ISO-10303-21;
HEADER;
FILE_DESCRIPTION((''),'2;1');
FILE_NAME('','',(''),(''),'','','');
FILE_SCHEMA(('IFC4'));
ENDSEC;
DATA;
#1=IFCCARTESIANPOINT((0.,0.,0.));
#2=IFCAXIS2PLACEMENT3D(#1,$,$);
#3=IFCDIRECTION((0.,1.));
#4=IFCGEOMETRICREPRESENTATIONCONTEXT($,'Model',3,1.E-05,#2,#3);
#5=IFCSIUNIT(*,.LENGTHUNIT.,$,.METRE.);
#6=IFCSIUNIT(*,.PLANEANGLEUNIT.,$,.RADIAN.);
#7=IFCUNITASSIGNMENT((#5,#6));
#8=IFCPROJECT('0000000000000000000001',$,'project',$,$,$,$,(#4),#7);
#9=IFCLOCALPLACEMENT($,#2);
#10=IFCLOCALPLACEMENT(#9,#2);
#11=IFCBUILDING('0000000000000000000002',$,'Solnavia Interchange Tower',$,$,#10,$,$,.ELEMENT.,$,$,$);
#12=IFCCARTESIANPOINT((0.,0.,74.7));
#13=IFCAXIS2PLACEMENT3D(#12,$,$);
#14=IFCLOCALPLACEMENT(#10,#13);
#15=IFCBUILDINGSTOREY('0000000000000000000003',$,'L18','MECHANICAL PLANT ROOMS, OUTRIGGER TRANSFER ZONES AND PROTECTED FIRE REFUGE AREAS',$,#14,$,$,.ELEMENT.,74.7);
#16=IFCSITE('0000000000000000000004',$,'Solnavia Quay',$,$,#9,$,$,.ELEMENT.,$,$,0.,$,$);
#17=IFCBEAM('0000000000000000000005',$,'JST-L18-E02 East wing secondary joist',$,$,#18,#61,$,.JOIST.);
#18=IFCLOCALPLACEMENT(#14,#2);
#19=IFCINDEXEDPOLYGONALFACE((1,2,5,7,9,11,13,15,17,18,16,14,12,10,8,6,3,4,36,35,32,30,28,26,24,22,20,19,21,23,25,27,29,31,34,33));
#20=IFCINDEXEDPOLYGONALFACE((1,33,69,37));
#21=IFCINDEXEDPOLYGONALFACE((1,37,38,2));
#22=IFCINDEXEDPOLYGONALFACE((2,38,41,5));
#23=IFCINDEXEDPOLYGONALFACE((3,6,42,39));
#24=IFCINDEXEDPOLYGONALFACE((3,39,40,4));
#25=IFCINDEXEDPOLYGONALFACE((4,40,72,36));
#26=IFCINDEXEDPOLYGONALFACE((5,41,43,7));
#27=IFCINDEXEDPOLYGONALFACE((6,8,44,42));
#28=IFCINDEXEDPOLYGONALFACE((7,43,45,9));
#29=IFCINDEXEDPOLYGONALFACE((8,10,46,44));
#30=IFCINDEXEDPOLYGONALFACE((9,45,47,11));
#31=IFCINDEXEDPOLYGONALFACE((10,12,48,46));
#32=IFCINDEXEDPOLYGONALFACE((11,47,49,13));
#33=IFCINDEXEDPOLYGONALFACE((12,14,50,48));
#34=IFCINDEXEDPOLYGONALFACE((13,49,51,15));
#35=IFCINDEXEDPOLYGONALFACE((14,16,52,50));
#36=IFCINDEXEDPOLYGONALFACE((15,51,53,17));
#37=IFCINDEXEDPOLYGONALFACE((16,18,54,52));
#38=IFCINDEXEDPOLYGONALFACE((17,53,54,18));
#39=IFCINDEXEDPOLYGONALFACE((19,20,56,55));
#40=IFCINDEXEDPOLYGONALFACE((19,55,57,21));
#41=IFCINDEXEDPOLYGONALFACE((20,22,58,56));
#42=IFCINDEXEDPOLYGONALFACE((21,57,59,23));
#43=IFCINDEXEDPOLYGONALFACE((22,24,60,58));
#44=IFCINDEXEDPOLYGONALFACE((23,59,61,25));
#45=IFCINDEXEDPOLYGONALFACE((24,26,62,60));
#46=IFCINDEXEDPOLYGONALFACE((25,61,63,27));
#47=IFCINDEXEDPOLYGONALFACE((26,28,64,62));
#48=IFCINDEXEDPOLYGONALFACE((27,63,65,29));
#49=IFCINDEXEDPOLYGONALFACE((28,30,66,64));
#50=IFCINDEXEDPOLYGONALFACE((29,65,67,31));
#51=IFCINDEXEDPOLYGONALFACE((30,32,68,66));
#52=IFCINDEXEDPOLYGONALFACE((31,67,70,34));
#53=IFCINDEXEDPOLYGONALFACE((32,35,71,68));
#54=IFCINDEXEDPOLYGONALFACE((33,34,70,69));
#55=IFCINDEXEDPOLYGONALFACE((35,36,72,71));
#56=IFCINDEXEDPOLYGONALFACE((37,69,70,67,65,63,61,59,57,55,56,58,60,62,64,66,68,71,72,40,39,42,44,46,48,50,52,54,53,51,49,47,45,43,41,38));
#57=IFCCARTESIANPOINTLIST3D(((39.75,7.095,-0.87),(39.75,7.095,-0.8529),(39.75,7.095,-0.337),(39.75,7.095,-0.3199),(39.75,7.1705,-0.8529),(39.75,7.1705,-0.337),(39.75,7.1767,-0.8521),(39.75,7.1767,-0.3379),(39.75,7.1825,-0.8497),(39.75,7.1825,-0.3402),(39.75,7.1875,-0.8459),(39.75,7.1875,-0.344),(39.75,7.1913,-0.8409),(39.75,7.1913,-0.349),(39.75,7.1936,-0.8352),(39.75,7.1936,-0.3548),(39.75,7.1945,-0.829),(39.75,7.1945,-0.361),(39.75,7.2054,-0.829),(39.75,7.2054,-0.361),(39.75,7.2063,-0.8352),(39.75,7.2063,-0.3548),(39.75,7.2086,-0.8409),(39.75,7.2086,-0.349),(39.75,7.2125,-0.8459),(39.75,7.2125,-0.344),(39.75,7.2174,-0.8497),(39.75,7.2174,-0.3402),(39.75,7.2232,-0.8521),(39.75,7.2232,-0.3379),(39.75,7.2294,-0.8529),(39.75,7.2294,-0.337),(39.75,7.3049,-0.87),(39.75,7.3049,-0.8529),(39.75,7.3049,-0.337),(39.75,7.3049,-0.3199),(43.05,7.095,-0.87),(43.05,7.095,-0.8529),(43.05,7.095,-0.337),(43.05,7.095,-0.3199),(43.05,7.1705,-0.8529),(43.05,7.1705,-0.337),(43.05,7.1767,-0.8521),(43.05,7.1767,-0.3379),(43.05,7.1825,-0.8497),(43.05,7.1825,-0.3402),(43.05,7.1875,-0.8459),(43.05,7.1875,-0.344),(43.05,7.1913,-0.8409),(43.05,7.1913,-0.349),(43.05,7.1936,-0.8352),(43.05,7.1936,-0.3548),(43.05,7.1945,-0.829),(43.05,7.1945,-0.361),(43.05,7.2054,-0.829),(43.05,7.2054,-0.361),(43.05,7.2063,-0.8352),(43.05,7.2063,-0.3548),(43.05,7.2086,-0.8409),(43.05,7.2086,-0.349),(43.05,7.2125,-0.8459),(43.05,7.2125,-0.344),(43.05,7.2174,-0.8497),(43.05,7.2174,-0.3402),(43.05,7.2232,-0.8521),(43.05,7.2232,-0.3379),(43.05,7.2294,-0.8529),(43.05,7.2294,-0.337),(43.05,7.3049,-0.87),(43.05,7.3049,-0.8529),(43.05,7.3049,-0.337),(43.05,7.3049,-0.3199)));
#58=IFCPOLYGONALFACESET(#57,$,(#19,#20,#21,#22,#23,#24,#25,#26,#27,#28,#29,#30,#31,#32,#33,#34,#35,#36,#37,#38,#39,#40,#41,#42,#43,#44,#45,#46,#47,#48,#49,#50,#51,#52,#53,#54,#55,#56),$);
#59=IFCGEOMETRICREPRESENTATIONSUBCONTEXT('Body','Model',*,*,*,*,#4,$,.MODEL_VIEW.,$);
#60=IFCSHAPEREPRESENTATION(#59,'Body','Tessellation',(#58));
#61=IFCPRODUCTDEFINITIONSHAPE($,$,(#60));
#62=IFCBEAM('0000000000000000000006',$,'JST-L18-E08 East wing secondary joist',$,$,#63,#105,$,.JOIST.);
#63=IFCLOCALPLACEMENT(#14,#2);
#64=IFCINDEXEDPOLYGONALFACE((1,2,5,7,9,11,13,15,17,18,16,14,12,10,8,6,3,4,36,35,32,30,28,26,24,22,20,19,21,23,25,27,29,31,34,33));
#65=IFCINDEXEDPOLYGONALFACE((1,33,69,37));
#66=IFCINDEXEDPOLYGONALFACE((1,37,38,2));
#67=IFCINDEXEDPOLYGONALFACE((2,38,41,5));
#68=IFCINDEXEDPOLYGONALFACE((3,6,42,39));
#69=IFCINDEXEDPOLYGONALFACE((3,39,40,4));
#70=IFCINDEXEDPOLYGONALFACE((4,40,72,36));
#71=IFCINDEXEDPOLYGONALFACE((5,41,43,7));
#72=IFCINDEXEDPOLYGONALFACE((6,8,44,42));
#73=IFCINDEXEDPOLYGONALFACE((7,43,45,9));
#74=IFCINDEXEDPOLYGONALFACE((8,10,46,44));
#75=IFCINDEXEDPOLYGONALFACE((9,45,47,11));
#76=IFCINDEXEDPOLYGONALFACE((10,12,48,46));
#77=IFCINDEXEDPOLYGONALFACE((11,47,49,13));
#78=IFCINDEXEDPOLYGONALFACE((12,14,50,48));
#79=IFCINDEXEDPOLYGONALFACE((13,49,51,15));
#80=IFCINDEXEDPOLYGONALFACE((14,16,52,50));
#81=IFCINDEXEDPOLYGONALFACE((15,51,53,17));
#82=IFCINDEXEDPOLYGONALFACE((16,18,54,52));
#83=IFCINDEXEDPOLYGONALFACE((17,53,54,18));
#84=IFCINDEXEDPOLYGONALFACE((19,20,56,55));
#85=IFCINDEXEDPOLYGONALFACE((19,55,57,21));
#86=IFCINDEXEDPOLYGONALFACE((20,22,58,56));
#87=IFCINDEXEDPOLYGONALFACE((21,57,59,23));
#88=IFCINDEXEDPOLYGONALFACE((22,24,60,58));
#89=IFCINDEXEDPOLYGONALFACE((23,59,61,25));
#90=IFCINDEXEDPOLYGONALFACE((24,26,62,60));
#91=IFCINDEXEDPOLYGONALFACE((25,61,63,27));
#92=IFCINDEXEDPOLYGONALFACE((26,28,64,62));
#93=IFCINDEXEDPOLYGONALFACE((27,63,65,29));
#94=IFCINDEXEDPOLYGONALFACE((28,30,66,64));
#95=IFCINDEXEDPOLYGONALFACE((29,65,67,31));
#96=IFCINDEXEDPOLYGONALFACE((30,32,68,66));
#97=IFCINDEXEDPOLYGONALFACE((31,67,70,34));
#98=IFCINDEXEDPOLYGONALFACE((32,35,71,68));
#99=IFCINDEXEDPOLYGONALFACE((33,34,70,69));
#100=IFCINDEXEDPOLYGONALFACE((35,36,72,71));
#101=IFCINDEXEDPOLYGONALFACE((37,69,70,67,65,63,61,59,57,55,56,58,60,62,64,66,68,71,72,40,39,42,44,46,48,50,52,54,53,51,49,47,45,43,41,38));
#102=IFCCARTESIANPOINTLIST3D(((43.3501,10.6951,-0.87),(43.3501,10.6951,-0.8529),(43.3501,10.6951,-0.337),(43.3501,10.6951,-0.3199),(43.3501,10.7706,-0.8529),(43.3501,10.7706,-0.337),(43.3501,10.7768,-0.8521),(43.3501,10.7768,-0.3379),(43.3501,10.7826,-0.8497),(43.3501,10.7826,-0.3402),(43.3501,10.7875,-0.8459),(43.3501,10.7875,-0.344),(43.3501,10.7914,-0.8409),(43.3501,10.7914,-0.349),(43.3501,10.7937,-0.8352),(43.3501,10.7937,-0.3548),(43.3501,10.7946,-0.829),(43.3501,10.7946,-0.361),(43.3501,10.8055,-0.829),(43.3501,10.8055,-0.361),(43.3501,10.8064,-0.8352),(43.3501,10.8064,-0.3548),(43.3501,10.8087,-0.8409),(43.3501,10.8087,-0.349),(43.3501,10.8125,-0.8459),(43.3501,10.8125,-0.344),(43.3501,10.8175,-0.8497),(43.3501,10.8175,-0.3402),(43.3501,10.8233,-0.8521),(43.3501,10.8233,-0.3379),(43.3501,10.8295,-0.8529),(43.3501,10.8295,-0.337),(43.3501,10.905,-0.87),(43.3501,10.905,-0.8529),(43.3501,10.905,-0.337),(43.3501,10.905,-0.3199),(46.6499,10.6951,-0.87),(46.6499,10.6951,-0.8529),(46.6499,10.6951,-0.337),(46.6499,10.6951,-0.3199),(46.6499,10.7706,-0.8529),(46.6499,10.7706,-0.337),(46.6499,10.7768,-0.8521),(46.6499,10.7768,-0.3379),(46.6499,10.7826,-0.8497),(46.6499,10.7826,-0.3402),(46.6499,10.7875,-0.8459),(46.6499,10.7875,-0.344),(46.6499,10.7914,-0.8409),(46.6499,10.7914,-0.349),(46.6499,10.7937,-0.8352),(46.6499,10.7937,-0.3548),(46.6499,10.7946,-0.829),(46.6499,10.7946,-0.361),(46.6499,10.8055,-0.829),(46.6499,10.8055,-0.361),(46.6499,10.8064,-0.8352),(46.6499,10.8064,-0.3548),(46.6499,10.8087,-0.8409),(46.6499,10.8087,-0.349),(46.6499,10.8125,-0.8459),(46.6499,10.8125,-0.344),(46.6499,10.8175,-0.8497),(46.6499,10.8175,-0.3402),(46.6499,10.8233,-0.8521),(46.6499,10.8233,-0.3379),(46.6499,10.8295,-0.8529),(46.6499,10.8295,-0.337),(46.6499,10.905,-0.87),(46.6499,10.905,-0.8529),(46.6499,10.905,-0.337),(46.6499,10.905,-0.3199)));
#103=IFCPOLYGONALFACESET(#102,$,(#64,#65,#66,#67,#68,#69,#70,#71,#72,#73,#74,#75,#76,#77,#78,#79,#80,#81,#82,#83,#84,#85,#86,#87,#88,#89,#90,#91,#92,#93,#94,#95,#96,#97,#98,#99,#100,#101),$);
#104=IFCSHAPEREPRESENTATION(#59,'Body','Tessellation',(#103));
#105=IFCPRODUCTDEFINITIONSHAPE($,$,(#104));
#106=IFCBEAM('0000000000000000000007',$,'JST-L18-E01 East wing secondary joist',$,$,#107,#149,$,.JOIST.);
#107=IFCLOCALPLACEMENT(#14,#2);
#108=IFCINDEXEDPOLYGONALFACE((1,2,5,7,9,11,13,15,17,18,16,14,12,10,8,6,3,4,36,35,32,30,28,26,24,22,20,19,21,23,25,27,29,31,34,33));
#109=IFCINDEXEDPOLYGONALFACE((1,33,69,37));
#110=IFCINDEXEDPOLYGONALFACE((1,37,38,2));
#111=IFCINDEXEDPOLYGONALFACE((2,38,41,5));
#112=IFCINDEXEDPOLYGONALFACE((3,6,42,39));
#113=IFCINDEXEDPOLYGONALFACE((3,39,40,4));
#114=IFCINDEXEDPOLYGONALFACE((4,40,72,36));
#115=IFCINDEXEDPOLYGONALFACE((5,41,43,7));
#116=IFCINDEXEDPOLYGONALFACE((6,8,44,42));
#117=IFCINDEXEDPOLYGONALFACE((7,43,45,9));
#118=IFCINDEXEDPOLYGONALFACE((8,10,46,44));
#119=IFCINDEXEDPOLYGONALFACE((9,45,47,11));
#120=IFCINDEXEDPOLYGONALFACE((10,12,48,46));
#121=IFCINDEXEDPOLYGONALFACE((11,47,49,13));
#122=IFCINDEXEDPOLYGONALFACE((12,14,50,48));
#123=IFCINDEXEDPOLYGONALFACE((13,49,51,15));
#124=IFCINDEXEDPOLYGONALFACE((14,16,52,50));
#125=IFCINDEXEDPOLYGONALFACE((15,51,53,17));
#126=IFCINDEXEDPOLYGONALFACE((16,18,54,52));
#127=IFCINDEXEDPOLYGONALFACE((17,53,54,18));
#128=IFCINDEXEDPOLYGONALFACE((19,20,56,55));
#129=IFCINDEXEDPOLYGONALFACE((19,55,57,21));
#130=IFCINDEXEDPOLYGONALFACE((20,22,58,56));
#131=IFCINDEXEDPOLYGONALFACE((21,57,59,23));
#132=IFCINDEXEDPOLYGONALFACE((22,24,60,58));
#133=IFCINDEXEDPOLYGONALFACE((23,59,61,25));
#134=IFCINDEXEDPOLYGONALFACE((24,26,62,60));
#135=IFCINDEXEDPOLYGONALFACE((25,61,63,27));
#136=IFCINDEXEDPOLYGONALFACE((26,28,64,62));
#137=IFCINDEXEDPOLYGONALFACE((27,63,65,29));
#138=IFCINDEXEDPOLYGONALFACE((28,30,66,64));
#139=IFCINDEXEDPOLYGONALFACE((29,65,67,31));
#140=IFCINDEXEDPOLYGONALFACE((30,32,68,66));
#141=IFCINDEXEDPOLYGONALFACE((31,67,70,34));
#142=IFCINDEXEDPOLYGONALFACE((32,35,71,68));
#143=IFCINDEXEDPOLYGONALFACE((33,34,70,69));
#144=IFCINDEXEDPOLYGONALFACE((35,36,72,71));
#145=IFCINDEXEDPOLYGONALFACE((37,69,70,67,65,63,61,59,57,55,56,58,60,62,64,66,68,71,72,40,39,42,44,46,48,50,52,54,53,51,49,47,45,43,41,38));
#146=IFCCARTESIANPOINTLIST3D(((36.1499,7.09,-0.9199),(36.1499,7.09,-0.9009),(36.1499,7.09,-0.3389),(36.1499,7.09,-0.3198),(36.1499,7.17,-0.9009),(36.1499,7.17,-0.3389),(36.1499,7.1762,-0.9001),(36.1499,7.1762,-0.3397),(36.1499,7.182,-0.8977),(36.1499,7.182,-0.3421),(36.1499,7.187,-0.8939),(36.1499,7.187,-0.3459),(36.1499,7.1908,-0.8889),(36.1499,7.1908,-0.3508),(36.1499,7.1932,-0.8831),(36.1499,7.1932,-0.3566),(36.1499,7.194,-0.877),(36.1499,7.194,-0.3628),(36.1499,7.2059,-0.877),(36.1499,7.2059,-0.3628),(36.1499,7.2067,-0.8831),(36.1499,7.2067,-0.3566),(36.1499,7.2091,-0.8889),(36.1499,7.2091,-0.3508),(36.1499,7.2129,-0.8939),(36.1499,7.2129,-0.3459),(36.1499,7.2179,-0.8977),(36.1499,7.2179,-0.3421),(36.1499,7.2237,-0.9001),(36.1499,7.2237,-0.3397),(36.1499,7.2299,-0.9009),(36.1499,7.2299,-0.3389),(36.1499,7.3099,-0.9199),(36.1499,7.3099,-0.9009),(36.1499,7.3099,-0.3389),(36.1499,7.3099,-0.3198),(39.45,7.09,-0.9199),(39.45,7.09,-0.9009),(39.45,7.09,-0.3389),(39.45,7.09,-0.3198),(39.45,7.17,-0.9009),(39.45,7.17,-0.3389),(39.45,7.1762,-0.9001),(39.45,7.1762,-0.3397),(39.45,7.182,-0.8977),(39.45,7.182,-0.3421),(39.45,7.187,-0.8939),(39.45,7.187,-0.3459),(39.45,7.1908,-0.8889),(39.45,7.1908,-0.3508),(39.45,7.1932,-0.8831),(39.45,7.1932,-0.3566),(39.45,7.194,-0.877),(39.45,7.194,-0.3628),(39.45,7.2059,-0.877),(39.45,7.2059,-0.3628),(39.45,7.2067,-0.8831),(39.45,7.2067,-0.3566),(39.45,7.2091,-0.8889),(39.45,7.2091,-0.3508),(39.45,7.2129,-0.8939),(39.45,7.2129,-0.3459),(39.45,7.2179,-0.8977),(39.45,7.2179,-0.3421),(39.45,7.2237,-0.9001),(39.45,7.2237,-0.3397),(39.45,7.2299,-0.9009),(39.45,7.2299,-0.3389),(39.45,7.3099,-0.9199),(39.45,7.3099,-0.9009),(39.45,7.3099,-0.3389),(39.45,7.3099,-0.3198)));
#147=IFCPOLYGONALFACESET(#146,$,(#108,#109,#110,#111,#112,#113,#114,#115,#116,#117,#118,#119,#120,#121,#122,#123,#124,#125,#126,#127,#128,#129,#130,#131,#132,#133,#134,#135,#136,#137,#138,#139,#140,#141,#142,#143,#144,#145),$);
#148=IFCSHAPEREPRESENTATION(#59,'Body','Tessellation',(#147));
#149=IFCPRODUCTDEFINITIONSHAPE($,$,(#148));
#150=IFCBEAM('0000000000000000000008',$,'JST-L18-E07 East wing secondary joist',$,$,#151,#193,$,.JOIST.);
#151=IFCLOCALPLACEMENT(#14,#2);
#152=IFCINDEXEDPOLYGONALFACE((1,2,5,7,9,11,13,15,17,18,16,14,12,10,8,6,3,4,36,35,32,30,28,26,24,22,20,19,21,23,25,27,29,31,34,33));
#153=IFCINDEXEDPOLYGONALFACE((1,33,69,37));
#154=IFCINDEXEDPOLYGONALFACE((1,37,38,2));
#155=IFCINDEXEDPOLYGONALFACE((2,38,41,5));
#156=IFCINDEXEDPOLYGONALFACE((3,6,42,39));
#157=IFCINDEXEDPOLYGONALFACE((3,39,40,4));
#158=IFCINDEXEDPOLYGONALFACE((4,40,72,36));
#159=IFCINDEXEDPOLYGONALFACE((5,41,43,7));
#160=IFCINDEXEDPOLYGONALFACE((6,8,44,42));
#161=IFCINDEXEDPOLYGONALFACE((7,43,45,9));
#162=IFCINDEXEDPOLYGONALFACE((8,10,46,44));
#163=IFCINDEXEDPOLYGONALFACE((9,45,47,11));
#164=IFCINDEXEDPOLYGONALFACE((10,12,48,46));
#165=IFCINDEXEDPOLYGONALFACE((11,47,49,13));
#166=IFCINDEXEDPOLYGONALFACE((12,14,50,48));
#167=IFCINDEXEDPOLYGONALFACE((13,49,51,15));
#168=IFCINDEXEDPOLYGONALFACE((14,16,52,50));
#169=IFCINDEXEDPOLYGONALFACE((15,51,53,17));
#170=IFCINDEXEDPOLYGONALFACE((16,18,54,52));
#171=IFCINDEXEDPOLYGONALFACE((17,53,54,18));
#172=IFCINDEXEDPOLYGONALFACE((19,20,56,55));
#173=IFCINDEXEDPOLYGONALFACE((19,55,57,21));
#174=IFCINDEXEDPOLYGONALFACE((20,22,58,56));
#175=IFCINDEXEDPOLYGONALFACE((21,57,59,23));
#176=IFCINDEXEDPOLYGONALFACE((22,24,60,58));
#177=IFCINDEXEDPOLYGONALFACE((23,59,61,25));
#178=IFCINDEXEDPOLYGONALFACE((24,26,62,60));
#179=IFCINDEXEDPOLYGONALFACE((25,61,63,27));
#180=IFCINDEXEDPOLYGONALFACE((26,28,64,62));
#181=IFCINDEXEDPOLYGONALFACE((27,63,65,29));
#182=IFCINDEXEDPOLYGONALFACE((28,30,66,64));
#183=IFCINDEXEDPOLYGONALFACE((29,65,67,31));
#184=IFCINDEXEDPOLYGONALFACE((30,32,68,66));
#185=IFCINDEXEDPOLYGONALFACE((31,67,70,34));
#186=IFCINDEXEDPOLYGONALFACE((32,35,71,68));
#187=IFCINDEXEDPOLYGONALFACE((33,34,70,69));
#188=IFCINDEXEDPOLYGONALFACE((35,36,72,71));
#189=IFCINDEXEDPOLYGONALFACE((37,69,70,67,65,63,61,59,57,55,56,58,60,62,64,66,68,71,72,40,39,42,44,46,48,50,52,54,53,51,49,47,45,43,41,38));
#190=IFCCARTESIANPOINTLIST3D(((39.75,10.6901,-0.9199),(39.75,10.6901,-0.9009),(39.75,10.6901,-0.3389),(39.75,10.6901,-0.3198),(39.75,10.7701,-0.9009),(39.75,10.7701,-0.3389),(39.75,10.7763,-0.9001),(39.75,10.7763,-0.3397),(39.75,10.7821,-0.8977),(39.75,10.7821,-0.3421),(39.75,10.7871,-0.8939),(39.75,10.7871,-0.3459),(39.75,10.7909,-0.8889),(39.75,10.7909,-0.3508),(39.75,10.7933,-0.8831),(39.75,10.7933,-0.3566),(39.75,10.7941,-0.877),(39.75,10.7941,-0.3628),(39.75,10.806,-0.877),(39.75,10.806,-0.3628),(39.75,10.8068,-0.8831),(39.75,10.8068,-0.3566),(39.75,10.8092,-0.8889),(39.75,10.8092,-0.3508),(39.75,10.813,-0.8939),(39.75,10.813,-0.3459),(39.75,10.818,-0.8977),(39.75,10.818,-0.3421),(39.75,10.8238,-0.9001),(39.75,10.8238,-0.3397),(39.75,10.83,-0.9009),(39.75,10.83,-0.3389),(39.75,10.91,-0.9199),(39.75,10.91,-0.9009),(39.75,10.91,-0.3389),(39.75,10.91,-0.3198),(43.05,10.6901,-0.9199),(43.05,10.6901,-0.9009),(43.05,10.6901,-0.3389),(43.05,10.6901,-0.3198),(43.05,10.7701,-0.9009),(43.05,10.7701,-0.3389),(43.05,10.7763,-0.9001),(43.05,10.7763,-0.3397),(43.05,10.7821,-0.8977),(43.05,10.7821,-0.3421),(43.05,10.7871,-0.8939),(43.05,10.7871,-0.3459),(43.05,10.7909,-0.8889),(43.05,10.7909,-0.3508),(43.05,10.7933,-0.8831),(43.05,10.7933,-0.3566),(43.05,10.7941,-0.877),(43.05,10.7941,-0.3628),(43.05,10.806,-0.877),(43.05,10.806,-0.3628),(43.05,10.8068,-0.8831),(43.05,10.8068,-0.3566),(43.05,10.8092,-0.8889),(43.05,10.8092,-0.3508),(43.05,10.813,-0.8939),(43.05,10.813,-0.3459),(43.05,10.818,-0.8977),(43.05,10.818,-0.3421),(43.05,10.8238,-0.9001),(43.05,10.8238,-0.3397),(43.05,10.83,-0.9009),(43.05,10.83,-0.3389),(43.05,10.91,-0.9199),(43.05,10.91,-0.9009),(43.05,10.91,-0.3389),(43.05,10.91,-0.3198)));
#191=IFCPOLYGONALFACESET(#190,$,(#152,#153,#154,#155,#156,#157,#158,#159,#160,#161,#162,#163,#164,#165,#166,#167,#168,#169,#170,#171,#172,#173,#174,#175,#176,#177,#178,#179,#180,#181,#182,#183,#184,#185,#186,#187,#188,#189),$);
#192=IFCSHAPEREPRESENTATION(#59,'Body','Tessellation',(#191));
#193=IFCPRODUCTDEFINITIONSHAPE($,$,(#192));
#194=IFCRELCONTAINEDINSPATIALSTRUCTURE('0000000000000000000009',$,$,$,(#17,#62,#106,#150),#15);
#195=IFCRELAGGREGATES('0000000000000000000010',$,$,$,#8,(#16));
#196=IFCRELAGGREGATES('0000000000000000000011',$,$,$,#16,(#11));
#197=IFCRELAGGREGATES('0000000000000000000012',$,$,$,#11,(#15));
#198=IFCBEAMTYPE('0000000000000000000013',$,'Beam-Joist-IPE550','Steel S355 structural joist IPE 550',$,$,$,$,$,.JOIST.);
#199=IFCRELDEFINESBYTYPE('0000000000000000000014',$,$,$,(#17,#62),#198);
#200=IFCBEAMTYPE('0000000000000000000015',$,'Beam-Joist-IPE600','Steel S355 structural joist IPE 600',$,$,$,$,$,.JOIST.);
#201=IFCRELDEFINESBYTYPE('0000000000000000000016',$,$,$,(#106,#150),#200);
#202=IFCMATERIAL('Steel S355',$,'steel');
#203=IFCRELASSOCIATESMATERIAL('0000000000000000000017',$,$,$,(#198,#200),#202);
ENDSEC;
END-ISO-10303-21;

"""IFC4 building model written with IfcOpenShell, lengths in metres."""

from ifc_helpers import new_model, si_unit, direction, frame, origin, origin_2d, place, context, subcontext, project, spatial, i_section, extrude, material, material_profile, profile_set, type_object, element, save


model = new_model("IFC4")

# Units and contexts
model_context = context("Model", 3, precision=1e-05, world=origin(), true_north=direction((0.0, 1.0)))
body_context = subcontext(model_context, "Body", "Model", "MODEL_VIEW")
ifc_project = project(units=[si_unit("LENGTHUNIT", "METRE"), si_unit("PLANEANGLEUNIT", "RADIAN")], contexts=[model_context])

# Site, building, storey
site_placement = place(None, origin())
site = spatial("IfcSite", under=ifc_project, at=site_placement, Name="Solnavia Quay", CompositionType="ELEMENT", RefElevation=0.0)
building_placement = place(site_placement, origin())
building = spatial("IfcBuilding", under=site, at=building_placement, Name="Solnavia Interchange Tower", CompositionType="ELEMENT")
storey_placement = place(building_placement, frame((0.0, 0.0, 74.7)))
storey = spatial("IfcBuildingStorey", under=building, at=storey_placement, Name="L18", Description="MECHANICAL PLANT ROOMS, OUTRIGGER TRANSFER ZONES AND PROTECTED FIRE REFUGE AREAS", CompositionType="ELEMENT", Elevation=74.7)

# Beams
ifc_material_1 = material(Name="Steel S355", Category="steel")
ifc_material_profile_1 = material_profile(ifc_material_1, i_section(OverallWidth=0.21, OverallDepth=0.55, WebThickness=0.011, FlangeThickness=0.0171, FilletRadius=0.0239, at=origin_2d()), Name="IPE 550")
ifc_profile_set_1 = profile_set([ifc_material_profile_1], Name="Steel S355")
beam_type_1 = type_object("IfcBeamType", Name="Beam-Joist-IPE550", Description="Steel S355 structural joist IPE 550", PredefinedType="JOIST", material=ifc_profile_set_1)
beam_1_placement = place(storey_placement, frame((39.75, 7.2, -0.595), z_axis=(1.0, 0.0, 0.0), x_axis=(0.0, 1.0, 0.0)))
element("IfcBeam", 1, at=beam_1_placement, inside=storey, type_object=beam_type_1, Name="JST-L18-E02 East wing secondary joist", PredefinedType="JOIST", context=body_context, shape_type="SweptSolid", body=[
    extrude(i_section(OverallWidth=0.21, OverallDepth=0.55, WebThickness=0.011, FlangeThickness=0.0171, FilletRadius=0.0239, at=origin_2d()), origin(), (0.0, 0.0, 1.0), 3.3),
])
beam_2_placement = place(storey_placement, frame((43.3501, 10.8, -0.595), z_axis=(1.0, 0.0, 0.0), x_axis=(0.0, 1.0, 0.0)))
element("IfcBeam", 2, at=beam_2_placement, inside=storey, type_object=beam_type_1, Name="JST-L18-E08 East wing secondary joist", PredefinedType="JOIST", context=body_context, shape_type="SweptSolid", body=[
    extrude(i_section(OverallWidth=0.21, OverallDepth=0.55, WebThickness=0.011, FlangeThickness=0.0171, FilletRadius=0.0239, at=origin_2d()), origin(), (0.0, 0.0, 1.0), 3.2998),
])
ifc_material_profile_2 = material_profile(ifc_material_1, i_section(OverallWidth=0.22, OverallDepth=0.6001, WebThickness=0.012, FlangeThickness=0.019, FilletRadius=0.0239, at=origin_2d()), Name="IPE 600")
ifc_profile_set_2 = profile_set([ifc_material_profile_2], Name="Steel S355")
beam_type_2 = type_object("IfcBeamType", Name="Beam-Joist-IPE600", Description="Steel S355 structural joist IPE 600", PredefinedType="JOIST", material=ifc_profile_set_2)
for number, where, z_axis, x_axis, name in (
    (3, (36.1499, 7.2, -0.6199), (1.0, 0.0, 0.0), (0.0, 1.0, 0.0), "JST-L18-E01 East wing secondary joist"),
    (4, (39.75, 10.8, -0.6199), (1.0, 0.0, 0.0), (0.0, 1.0, 0.0), "JST-L18-E07 East wing secondary joist"),
):
    element("IfcBeam", number, at=place(storey_placement, frame(where, z_axis=z_axis, x_axis=x_axis)), inside=storey, type_object=beam_type_2, Name=name, PredefinedType="JOIST", context=body_context, shape_type="SweptSolid", body=[
        extrude(i_section(OverallWidth=0.22, OverallDepth=0.6001, WebThickness=0.012, FlangeThickness=0.019, FilletRadius=0.0239, at=origin_2d()), origin(), (0.0, 0.0, 1.0), 3.3),
    ])

save(model, "model.ifc")
